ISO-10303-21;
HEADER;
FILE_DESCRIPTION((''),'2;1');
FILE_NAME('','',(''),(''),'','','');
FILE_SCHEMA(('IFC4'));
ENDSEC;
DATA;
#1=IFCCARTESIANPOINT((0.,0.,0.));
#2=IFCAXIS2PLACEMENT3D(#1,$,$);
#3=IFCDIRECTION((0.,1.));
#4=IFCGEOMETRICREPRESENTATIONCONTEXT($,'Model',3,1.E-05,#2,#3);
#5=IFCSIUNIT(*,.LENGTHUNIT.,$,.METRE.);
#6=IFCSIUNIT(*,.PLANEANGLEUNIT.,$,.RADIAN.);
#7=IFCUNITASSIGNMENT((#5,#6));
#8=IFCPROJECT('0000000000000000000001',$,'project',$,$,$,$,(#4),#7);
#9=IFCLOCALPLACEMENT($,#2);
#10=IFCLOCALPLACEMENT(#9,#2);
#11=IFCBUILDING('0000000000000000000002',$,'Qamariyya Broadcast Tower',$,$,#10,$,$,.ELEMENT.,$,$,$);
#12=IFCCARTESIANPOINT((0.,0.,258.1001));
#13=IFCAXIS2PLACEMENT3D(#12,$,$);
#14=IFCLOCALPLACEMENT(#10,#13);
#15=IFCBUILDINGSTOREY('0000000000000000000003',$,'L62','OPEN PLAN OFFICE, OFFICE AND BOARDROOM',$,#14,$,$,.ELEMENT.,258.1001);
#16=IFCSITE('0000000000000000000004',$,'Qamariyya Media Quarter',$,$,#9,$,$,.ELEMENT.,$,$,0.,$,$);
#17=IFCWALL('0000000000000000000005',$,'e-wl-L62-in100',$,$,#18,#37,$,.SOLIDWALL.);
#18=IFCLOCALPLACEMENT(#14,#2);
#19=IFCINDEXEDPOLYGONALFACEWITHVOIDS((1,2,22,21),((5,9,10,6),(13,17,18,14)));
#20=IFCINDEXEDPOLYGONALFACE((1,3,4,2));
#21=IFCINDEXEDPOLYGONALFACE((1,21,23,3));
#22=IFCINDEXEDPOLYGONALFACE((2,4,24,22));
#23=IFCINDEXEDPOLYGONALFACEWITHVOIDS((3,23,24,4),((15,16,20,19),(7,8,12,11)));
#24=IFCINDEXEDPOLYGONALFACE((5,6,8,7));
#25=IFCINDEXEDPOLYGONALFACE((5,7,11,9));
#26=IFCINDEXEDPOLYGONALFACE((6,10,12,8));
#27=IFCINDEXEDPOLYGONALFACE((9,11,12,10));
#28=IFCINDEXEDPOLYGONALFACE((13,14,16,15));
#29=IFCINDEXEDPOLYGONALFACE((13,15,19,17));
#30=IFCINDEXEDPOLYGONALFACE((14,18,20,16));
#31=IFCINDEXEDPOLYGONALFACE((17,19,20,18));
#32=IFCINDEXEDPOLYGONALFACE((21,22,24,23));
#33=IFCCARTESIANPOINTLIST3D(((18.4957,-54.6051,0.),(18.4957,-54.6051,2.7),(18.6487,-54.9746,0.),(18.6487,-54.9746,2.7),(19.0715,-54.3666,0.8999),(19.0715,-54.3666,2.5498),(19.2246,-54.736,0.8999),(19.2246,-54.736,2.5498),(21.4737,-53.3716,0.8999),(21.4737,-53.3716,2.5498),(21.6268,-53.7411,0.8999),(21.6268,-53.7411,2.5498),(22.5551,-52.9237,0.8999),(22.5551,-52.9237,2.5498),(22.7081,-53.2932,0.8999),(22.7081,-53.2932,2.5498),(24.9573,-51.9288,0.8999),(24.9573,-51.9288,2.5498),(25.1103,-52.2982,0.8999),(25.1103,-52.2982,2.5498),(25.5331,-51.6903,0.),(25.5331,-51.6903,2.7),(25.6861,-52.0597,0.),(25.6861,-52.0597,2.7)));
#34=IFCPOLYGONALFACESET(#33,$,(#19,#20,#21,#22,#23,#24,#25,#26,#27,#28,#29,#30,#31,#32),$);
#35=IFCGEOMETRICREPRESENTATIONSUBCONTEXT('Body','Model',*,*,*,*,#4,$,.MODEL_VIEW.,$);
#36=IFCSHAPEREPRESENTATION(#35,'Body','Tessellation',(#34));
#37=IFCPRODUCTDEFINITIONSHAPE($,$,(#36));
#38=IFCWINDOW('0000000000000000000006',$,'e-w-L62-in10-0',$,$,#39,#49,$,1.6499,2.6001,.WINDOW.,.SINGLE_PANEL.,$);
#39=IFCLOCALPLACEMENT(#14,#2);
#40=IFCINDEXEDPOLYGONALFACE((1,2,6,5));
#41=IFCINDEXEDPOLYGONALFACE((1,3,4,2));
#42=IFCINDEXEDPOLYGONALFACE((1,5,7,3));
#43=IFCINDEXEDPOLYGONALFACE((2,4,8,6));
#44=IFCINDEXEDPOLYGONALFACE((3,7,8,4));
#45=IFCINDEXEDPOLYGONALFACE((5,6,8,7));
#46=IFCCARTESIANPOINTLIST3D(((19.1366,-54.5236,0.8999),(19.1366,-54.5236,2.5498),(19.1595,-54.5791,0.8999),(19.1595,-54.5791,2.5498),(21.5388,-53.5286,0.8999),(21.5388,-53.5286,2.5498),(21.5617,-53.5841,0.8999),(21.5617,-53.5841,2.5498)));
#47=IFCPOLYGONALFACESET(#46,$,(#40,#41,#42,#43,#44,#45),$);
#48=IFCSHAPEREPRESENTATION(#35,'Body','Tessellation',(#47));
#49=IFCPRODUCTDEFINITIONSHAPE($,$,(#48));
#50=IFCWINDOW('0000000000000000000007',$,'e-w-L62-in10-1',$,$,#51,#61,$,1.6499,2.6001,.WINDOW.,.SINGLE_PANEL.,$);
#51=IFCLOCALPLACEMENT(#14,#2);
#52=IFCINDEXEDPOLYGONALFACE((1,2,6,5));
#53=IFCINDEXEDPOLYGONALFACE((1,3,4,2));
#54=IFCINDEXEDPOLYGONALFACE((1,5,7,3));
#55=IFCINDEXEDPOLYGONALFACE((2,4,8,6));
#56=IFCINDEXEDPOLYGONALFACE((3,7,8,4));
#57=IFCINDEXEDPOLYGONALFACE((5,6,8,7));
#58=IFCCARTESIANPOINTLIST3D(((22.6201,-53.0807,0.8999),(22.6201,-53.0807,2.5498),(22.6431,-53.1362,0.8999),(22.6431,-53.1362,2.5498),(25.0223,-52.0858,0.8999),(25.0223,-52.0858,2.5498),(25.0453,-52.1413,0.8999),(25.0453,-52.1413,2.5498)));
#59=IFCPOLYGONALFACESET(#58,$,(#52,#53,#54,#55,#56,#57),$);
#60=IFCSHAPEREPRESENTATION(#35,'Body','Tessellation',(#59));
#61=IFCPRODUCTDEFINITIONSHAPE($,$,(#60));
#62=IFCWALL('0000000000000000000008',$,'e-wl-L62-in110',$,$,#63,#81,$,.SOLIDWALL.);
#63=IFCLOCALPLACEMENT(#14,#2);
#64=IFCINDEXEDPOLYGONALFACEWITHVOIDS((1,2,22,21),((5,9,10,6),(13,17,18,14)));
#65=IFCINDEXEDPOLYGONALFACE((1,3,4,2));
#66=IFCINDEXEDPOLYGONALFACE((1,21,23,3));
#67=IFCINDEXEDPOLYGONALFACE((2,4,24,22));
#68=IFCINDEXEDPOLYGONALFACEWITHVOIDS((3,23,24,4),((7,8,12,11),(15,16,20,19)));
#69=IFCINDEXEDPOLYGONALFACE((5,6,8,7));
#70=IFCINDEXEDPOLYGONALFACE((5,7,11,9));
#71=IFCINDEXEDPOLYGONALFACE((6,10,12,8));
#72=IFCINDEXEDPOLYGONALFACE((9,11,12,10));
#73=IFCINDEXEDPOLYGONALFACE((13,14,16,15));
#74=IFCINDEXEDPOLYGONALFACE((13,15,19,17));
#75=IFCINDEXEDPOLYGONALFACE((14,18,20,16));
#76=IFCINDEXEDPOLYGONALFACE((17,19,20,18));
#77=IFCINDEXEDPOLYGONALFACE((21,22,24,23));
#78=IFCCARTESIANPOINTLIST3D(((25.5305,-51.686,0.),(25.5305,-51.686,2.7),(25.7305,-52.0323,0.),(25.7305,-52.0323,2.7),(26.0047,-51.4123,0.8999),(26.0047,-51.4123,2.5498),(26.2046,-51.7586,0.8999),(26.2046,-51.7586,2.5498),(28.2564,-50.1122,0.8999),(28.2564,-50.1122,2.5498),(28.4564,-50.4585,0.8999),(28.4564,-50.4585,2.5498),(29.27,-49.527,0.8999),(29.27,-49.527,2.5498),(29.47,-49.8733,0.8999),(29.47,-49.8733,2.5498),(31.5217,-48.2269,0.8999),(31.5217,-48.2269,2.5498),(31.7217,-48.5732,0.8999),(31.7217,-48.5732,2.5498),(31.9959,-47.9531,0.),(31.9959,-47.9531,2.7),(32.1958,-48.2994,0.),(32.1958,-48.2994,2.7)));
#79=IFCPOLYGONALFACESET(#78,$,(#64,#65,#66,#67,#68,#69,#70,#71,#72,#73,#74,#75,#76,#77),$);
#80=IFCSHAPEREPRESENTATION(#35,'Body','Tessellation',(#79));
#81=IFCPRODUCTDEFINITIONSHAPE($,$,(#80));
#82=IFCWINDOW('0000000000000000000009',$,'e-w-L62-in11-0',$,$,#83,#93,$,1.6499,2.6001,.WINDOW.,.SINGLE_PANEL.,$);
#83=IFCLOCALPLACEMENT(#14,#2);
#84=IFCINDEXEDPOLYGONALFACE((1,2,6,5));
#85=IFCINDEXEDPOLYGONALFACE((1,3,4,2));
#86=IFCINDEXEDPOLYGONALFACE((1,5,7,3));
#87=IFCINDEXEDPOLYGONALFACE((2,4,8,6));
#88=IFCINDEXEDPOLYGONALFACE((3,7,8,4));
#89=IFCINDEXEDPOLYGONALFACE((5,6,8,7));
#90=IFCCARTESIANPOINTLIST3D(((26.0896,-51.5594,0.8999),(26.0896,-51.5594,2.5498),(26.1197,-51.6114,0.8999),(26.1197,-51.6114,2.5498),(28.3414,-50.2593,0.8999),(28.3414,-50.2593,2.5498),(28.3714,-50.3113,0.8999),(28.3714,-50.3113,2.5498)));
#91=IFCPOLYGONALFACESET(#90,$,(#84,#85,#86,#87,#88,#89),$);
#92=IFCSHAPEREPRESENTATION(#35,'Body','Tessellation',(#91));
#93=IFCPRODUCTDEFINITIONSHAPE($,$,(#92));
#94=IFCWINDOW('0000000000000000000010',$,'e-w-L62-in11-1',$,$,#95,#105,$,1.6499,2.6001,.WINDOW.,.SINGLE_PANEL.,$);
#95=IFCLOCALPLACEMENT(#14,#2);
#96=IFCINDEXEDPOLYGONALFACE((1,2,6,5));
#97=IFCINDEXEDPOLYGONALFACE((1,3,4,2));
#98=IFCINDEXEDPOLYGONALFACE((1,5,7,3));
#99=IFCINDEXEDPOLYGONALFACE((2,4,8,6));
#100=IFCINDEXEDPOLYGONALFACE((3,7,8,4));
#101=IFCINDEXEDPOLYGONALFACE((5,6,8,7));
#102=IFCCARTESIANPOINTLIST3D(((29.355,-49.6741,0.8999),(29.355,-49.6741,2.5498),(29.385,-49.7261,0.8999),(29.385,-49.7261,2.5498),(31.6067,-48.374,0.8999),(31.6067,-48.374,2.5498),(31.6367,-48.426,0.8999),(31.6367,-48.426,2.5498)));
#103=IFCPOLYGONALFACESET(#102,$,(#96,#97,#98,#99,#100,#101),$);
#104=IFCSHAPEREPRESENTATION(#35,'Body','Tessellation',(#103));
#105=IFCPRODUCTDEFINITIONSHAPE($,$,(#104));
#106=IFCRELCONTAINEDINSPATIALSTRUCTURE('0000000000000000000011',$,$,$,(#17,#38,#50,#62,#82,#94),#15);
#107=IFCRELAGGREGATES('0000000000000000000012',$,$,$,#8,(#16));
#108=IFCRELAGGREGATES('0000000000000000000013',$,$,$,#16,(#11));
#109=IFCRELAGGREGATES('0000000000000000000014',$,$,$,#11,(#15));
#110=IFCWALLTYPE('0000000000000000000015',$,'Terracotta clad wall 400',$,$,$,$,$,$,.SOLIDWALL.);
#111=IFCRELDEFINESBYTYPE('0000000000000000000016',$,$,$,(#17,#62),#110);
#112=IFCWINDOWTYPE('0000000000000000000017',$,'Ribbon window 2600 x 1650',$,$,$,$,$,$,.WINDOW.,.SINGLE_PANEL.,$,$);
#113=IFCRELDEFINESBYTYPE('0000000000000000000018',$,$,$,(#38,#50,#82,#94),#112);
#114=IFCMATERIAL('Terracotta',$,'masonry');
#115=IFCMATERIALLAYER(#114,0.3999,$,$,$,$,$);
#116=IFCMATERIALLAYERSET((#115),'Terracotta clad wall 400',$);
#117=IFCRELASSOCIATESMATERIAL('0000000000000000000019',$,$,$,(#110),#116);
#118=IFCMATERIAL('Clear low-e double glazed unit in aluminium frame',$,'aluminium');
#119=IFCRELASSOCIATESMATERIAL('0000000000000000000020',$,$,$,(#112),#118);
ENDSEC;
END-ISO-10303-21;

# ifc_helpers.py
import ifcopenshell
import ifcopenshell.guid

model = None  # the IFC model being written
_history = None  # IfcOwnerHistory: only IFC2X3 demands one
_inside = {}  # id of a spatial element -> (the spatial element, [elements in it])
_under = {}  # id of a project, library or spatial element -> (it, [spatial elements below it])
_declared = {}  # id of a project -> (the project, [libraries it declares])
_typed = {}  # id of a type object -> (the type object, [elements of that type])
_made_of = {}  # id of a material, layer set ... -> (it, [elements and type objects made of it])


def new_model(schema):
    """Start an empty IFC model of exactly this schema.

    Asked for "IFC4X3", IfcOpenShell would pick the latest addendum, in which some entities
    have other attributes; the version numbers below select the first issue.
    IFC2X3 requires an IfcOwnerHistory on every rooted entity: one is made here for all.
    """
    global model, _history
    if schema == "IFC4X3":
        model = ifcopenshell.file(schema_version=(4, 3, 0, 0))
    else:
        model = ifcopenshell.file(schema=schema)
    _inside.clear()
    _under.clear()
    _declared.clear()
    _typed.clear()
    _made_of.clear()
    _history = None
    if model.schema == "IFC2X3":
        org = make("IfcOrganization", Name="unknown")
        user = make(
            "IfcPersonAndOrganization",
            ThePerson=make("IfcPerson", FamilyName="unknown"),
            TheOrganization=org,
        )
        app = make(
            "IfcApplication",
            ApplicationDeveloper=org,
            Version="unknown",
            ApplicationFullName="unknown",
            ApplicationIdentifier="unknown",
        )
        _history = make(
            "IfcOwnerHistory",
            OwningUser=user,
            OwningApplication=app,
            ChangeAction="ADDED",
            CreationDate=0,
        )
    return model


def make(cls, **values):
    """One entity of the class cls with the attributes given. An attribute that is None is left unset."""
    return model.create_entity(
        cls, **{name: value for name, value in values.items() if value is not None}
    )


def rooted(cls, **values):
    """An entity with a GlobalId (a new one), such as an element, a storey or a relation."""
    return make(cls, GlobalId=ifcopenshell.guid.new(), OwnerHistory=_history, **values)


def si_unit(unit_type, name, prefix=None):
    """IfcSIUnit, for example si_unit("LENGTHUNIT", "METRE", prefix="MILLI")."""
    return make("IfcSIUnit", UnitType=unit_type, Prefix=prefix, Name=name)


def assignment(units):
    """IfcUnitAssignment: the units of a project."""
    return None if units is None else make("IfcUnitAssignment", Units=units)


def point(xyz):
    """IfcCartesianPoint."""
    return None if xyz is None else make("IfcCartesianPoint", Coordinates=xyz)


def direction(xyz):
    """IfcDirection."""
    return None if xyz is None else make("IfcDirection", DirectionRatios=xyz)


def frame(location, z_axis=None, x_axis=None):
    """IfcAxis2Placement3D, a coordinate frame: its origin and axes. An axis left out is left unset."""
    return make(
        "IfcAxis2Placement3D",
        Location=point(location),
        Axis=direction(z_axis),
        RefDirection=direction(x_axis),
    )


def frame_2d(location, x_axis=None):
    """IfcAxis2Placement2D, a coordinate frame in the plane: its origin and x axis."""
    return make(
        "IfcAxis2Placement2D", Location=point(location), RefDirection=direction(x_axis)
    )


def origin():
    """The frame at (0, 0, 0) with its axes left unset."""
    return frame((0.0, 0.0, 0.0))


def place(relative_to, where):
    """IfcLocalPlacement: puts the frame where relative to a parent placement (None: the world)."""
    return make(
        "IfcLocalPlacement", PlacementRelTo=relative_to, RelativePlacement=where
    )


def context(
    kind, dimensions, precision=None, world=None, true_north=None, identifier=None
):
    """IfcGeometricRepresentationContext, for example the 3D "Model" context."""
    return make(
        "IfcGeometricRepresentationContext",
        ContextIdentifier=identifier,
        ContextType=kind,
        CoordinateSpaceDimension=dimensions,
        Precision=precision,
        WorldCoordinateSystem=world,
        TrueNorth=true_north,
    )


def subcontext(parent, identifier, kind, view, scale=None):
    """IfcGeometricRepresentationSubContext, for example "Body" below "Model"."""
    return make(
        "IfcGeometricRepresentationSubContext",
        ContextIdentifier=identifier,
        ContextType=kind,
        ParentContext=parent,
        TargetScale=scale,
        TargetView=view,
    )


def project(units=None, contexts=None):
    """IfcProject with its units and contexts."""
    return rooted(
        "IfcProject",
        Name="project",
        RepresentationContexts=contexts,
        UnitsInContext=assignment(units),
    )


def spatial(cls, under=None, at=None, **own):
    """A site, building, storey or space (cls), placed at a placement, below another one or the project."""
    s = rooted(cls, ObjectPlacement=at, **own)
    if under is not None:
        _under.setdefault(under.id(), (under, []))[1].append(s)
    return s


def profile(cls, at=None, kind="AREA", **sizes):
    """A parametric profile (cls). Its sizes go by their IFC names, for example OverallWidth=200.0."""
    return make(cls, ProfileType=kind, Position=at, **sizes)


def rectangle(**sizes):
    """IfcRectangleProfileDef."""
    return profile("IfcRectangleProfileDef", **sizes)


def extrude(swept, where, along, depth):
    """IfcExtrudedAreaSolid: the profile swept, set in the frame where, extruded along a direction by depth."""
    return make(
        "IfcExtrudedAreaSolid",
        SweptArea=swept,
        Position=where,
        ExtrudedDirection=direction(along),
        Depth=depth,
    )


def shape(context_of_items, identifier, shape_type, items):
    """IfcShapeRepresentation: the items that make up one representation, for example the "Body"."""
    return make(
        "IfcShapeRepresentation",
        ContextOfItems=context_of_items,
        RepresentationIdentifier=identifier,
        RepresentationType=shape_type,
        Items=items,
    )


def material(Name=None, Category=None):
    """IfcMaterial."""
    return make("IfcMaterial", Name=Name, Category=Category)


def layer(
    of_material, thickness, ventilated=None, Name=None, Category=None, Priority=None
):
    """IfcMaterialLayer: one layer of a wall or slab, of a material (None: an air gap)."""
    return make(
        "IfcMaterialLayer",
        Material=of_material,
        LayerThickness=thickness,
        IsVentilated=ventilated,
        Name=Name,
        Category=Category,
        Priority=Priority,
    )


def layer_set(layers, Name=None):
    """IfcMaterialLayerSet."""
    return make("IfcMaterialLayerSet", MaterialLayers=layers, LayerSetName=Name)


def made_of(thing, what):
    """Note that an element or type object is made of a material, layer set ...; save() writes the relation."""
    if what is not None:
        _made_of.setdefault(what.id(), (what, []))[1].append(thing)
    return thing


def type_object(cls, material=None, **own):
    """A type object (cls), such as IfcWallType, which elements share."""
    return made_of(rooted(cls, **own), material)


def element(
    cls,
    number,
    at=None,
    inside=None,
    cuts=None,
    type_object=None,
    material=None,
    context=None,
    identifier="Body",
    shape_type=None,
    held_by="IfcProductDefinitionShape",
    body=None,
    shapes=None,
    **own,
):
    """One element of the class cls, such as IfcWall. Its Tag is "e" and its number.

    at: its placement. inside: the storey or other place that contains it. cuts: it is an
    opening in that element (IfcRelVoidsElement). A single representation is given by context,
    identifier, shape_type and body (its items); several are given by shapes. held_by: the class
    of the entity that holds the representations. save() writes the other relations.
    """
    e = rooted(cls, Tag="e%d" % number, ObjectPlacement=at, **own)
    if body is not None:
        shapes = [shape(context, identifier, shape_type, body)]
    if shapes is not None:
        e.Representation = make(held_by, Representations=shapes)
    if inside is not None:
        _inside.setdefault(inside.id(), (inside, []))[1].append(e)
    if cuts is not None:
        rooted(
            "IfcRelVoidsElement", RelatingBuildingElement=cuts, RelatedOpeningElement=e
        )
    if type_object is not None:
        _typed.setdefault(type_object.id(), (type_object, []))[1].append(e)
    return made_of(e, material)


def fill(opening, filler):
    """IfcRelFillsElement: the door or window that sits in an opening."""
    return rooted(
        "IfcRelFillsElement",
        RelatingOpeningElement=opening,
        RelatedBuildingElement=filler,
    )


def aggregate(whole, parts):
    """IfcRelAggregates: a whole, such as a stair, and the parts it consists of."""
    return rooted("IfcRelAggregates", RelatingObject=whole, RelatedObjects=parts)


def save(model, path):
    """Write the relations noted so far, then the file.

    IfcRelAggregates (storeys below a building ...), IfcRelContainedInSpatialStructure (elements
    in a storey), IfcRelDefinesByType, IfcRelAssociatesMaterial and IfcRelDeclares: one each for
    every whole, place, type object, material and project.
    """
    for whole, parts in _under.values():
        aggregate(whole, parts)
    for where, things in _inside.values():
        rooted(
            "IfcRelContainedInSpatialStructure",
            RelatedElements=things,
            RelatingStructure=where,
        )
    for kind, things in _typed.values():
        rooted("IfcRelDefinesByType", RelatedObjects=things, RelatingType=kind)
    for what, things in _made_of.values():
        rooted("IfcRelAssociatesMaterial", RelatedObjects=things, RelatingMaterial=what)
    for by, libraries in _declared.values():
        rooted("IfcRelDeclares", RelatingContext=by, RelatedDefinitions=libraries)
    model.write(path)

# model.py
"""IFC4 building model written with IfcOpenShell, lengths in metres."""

from ifc_helpers import new_model, si_unit, direction, frame, frame_2d, origin, place, context, subcontext, project, spatial, rectangle, extrude, material, layer, layer_set, type_object, element, fill, save


model = new_model("IFC4")

# Units and contexts
model_context = context("Model", 3, precision=1e-05, world=origin(), true_north=direction((0.0, 1.0)))
body_context = subcontext(model_context, "Body", "Model", "MODEL_VIEW")
ifc_project = project(units=[si_unit("LENGTHUNIT", "METRE"), si_unit("PLANEANGLEUNIT", "RADIAN")], contexts=[model_context])

# Site, building, storey
site_placement = place(None, origin())
site = spatial("IfcSite", under=ifc_project, at=site_placement, Name="Qamariyya Media Quarter", CompositionType="ELEMENT", RefElevation=0.0)
building_placement = place(site_placement, origin())
building = spatial("IfcBuilding", under=site, at=building_placement, Name="Qamariyya Broadcast Tower", CompositionType="ELEMENT")
storey_placement = place(building_placement, frame((0.0, 0.0, 258.1001)))
storey = spatial("IfcBuildingStorey", under=building, at=storey_placement, Name="L62", Description="OPEN PLAN OFFICE, OFFICE AND BOARDROOM", CompositionType="ELEMENT", Elevation=258.1001)

# Walls, openings, windows
ifc_material_1 = material(Name="Terracotta", Category="masonry")
ifc_layer = layer(ifc_material_1, 0.3999)
ifc_layer_set = layer_set([ifc_layer], Name="Terracotta clad wall 400")
wall_type = type_object("IfcWallType", Name="Terracotta clad wall 400", PredefinedType="SOLIDWALL", material=ifc_layer_set)
wall_1_placement = place(storey_placement, frame((25.6096, -51.875, 0.0), z_axis=(0.0, 0.0, 1.0), x_axis=(-0.923888, -0.382664, 0.0)))
wall_1 = element("IfcWall", 1, at=wall_1_placement, inside=storey, type_object=wall_type, Name="e-wl-L62-in100", PredefinedType="SOLIDWALL", context=body_context, shape_type="SweptSolid", body=[
    extrude(rectangle(XDim=7.6172, YDim=0.3999, at=frame_2d((3.8086, 0.0))), origin(), (0.0, 0.0, 1.0), 2.7),
])
opening_1_placement = place(wall_1_placement, frame((4.3938, 0.0, 0.8999)))
opening_1 = element("IfcOpeningElement", 2, at=opening_1_placement, cuts=wall_1, PredefinedType="OPENING", context=body_context, shape_type="SweptSolid", body=[
    extrude(rectangle(XDim=2.6001, YDim=1.6499, at=frame_2d((1.3, 0.825))), frame((0.0, 0.21, 0.0), z_axis=(0.0, -1.0, 0.0), x_axis=(1.0, 0.0, 0.0)), (0.0, 0.0, 1.0), 0.4199),
])
opening_2_placement = place(wall_1_placement, frame((0.6233, 0.0, 0.8999)))
opening_2 = element("IfcOpeningElement", 3, at=opening_2_placement, cuts=wall_1, PredefinedType="OPENING", context=body_context, shape_type="SweptSolid", body=[
    extrude(rectangle(XDim=2.6001, YDim=1.6499, at=frame_2d((1.3, 0.825))), frame((0.0, 0.21, 0.0), z_axis=(0.0, -1.0, 0.0), x_axis=(1.0, 0.0, 0.0)), (0.0, 0.0, 1.0), 0.4199),
])
ifc_material_2 = material(Name="Clear low-e double glazed unit in aluminium frame", Category="aluminium")
window_type = type_object("IfcWindowType", Name="Ribbon window 2600 x 1650", PartitioningType="SINGLE_PANEL", PredefinedType="WINDOW", material=ifc_material_2)
window_1_placement = place(opening_1_placement, origin())
window_1 = element("IfcWindow", 4, at=window_1_placement, inside=storey, type_object=window_type, Name="e-w-L62-in10-0", OverallHeight=1.6499, OverallWidth=2.6001, PartitioningType="SINGLE_PANEL", PredefinedType="WINDOW", context=body_context, shape_type="SweptSolid", body=[
    extrude(rectangle(XDim=2.6001, YDim=1.6499, at=frame_2d((1.3, 0.825))), frame((0.0, 0.03, 0.0), z_axis=(0.0, -1.0, 0.0), x_axis=(1.0, 0.0, 0.0)), (0.0, 0.0, 1.0), 0.0601),
])
fill(opening_1, window_1)
window_2_placement = place(opening_2_placement, origin())
window_2 = element("IfcWindow", 5, at=window_2_placement, inside=storey, type_object=window_type, Name="e-w-L62-in10-1", OverallHeight=1.6499, OverallWidth=2.6001, PartitioningType="SINGLE_PANEL", PredefinedType="WINDOW", context=body_context, shape_type="SweptSolid", body=[
    extrude(rectangle(XDim=2.6001, YDim=1.6499, at=frame_2d((1.3, 0.825))), frame((0.0, 0.03, 0.0), z_axis=(0.0, -1.0, 0.0), x_axis=(1.0, 0.0, 0.0)), (0.0, 0.0, 1.0), 0.0601),
])
fill(opening_2, window_2)
wall_2_placement = place(storey_placement, frame((32.0959, -48.1262, 0.0), z_axis=(0.0, 0.0, 1.0), x_axis=(-0.866017, -0.500015, 0.0)))
wall_2 = element("IfcWall", 6, at=wall_2_placement, inside=storey, type_object=wall_type, Name="e-wl-L62-in110", PredefinedType="SOLIDWALL", context=body_context, shape_type="SweptSolid", body=[
    extrude(rectangle(XDim=7.4656, YDim=0.3999, at=frame_2d((3.7329, 0.0))), origin(), (0.0, 0.0, 1.0), 2.7),
])
opening_3_placement = place(wall_2_placement, frame((4.3181, 0.0, 0.8999)))
opening_3 = element("IfcOpeningElement", 7, at=opening_3_placement, cuts=wall_2, PredefinedType="OPENING", context=body_context, shape_type="SweptSolid", body=[
    extrude(rectangle(XDim=2.6001, YDim=1.6499, at=frame_2d((1.3, 0.825))), frame((0.0, 0.21, 0.0), z_axis=(0.0, -1.0, 0.0), x_axis=(1.0, 0.0, 0.0)), (0.0, 0.0, 1.0), 0.4199),
])
opening_4_placement = place(wall_2_placement, frame((0.5476, 0.0, 0.8999)))
opening_4 = element("IfcOpeningElement", 8, at=opening_4_placement, cuts=wall_2, PredefinedType="OPENING", context=body_context, shape_type="SweptSolid", body=[
    extrude(rectangle(XDim=2.6001, YDim=1.6499, at=frame_2d((1.3, 0.825))), frame((0.0, 0.21, 0.0), z_axis=(0.0, -1.0, 0.0), x_axis=(1.0, 0.0, 0.0)), (0.0, 0.0, 1.0), 0.4199),
])
window_3_placement = place(opening_3_placement, origin())
window_3 = element("IfcWindow", 9, at=window_3_placement, inside=storey, type_object=window_type, Name="e-w-L62-in11-0", OverallHeight=1.6499, OverallWidth=2.6001, PartitioningType="SINGLE_PANEL", PredefinedType="WINDOW", context=body_context, shape_type="SweptSolid", body=[
    extrude(rectangle(XDim=2.6001, YDim=1.6499, at=frame_2d((1.3, 0.825))), frame((0.0, 0.03, 0.0), z_axis=(0.0, -1.0, 0.0), x_axis=(1.0, 0.0, 0.0)), (0.0, 0.0, 1.0), 0.0601),
])
fill(opening_3, window_3)
window_4_placement = place(opening_4_placement, origin())
window_4 = element("IfcWindow", 10, at=window_4_placement, inside=storey, type_object=window_type, Name="e-w-L62-in11-1", OverallHeight=1.6499, OverallWidth=2.6001, PartitioningType="SINGLE_PANEL", PredefinedType="WINDOW", context=body_context, shape_type="SweptSolid", body=[
    extrude(rectangle(XDim=2.6001, YDim=1.6499, at=frame_2d((1.3, 0.825))), frame((0.0, 0.03, 0.0), z_axis=(0.0, -1.0, 0.0), x_axis=(1.0, 0.0, 0.0)), (0.0, 0.0, 1.0), 0.0601),
])
fill(opening_4, window_4)

save(model, "model.ifc")
